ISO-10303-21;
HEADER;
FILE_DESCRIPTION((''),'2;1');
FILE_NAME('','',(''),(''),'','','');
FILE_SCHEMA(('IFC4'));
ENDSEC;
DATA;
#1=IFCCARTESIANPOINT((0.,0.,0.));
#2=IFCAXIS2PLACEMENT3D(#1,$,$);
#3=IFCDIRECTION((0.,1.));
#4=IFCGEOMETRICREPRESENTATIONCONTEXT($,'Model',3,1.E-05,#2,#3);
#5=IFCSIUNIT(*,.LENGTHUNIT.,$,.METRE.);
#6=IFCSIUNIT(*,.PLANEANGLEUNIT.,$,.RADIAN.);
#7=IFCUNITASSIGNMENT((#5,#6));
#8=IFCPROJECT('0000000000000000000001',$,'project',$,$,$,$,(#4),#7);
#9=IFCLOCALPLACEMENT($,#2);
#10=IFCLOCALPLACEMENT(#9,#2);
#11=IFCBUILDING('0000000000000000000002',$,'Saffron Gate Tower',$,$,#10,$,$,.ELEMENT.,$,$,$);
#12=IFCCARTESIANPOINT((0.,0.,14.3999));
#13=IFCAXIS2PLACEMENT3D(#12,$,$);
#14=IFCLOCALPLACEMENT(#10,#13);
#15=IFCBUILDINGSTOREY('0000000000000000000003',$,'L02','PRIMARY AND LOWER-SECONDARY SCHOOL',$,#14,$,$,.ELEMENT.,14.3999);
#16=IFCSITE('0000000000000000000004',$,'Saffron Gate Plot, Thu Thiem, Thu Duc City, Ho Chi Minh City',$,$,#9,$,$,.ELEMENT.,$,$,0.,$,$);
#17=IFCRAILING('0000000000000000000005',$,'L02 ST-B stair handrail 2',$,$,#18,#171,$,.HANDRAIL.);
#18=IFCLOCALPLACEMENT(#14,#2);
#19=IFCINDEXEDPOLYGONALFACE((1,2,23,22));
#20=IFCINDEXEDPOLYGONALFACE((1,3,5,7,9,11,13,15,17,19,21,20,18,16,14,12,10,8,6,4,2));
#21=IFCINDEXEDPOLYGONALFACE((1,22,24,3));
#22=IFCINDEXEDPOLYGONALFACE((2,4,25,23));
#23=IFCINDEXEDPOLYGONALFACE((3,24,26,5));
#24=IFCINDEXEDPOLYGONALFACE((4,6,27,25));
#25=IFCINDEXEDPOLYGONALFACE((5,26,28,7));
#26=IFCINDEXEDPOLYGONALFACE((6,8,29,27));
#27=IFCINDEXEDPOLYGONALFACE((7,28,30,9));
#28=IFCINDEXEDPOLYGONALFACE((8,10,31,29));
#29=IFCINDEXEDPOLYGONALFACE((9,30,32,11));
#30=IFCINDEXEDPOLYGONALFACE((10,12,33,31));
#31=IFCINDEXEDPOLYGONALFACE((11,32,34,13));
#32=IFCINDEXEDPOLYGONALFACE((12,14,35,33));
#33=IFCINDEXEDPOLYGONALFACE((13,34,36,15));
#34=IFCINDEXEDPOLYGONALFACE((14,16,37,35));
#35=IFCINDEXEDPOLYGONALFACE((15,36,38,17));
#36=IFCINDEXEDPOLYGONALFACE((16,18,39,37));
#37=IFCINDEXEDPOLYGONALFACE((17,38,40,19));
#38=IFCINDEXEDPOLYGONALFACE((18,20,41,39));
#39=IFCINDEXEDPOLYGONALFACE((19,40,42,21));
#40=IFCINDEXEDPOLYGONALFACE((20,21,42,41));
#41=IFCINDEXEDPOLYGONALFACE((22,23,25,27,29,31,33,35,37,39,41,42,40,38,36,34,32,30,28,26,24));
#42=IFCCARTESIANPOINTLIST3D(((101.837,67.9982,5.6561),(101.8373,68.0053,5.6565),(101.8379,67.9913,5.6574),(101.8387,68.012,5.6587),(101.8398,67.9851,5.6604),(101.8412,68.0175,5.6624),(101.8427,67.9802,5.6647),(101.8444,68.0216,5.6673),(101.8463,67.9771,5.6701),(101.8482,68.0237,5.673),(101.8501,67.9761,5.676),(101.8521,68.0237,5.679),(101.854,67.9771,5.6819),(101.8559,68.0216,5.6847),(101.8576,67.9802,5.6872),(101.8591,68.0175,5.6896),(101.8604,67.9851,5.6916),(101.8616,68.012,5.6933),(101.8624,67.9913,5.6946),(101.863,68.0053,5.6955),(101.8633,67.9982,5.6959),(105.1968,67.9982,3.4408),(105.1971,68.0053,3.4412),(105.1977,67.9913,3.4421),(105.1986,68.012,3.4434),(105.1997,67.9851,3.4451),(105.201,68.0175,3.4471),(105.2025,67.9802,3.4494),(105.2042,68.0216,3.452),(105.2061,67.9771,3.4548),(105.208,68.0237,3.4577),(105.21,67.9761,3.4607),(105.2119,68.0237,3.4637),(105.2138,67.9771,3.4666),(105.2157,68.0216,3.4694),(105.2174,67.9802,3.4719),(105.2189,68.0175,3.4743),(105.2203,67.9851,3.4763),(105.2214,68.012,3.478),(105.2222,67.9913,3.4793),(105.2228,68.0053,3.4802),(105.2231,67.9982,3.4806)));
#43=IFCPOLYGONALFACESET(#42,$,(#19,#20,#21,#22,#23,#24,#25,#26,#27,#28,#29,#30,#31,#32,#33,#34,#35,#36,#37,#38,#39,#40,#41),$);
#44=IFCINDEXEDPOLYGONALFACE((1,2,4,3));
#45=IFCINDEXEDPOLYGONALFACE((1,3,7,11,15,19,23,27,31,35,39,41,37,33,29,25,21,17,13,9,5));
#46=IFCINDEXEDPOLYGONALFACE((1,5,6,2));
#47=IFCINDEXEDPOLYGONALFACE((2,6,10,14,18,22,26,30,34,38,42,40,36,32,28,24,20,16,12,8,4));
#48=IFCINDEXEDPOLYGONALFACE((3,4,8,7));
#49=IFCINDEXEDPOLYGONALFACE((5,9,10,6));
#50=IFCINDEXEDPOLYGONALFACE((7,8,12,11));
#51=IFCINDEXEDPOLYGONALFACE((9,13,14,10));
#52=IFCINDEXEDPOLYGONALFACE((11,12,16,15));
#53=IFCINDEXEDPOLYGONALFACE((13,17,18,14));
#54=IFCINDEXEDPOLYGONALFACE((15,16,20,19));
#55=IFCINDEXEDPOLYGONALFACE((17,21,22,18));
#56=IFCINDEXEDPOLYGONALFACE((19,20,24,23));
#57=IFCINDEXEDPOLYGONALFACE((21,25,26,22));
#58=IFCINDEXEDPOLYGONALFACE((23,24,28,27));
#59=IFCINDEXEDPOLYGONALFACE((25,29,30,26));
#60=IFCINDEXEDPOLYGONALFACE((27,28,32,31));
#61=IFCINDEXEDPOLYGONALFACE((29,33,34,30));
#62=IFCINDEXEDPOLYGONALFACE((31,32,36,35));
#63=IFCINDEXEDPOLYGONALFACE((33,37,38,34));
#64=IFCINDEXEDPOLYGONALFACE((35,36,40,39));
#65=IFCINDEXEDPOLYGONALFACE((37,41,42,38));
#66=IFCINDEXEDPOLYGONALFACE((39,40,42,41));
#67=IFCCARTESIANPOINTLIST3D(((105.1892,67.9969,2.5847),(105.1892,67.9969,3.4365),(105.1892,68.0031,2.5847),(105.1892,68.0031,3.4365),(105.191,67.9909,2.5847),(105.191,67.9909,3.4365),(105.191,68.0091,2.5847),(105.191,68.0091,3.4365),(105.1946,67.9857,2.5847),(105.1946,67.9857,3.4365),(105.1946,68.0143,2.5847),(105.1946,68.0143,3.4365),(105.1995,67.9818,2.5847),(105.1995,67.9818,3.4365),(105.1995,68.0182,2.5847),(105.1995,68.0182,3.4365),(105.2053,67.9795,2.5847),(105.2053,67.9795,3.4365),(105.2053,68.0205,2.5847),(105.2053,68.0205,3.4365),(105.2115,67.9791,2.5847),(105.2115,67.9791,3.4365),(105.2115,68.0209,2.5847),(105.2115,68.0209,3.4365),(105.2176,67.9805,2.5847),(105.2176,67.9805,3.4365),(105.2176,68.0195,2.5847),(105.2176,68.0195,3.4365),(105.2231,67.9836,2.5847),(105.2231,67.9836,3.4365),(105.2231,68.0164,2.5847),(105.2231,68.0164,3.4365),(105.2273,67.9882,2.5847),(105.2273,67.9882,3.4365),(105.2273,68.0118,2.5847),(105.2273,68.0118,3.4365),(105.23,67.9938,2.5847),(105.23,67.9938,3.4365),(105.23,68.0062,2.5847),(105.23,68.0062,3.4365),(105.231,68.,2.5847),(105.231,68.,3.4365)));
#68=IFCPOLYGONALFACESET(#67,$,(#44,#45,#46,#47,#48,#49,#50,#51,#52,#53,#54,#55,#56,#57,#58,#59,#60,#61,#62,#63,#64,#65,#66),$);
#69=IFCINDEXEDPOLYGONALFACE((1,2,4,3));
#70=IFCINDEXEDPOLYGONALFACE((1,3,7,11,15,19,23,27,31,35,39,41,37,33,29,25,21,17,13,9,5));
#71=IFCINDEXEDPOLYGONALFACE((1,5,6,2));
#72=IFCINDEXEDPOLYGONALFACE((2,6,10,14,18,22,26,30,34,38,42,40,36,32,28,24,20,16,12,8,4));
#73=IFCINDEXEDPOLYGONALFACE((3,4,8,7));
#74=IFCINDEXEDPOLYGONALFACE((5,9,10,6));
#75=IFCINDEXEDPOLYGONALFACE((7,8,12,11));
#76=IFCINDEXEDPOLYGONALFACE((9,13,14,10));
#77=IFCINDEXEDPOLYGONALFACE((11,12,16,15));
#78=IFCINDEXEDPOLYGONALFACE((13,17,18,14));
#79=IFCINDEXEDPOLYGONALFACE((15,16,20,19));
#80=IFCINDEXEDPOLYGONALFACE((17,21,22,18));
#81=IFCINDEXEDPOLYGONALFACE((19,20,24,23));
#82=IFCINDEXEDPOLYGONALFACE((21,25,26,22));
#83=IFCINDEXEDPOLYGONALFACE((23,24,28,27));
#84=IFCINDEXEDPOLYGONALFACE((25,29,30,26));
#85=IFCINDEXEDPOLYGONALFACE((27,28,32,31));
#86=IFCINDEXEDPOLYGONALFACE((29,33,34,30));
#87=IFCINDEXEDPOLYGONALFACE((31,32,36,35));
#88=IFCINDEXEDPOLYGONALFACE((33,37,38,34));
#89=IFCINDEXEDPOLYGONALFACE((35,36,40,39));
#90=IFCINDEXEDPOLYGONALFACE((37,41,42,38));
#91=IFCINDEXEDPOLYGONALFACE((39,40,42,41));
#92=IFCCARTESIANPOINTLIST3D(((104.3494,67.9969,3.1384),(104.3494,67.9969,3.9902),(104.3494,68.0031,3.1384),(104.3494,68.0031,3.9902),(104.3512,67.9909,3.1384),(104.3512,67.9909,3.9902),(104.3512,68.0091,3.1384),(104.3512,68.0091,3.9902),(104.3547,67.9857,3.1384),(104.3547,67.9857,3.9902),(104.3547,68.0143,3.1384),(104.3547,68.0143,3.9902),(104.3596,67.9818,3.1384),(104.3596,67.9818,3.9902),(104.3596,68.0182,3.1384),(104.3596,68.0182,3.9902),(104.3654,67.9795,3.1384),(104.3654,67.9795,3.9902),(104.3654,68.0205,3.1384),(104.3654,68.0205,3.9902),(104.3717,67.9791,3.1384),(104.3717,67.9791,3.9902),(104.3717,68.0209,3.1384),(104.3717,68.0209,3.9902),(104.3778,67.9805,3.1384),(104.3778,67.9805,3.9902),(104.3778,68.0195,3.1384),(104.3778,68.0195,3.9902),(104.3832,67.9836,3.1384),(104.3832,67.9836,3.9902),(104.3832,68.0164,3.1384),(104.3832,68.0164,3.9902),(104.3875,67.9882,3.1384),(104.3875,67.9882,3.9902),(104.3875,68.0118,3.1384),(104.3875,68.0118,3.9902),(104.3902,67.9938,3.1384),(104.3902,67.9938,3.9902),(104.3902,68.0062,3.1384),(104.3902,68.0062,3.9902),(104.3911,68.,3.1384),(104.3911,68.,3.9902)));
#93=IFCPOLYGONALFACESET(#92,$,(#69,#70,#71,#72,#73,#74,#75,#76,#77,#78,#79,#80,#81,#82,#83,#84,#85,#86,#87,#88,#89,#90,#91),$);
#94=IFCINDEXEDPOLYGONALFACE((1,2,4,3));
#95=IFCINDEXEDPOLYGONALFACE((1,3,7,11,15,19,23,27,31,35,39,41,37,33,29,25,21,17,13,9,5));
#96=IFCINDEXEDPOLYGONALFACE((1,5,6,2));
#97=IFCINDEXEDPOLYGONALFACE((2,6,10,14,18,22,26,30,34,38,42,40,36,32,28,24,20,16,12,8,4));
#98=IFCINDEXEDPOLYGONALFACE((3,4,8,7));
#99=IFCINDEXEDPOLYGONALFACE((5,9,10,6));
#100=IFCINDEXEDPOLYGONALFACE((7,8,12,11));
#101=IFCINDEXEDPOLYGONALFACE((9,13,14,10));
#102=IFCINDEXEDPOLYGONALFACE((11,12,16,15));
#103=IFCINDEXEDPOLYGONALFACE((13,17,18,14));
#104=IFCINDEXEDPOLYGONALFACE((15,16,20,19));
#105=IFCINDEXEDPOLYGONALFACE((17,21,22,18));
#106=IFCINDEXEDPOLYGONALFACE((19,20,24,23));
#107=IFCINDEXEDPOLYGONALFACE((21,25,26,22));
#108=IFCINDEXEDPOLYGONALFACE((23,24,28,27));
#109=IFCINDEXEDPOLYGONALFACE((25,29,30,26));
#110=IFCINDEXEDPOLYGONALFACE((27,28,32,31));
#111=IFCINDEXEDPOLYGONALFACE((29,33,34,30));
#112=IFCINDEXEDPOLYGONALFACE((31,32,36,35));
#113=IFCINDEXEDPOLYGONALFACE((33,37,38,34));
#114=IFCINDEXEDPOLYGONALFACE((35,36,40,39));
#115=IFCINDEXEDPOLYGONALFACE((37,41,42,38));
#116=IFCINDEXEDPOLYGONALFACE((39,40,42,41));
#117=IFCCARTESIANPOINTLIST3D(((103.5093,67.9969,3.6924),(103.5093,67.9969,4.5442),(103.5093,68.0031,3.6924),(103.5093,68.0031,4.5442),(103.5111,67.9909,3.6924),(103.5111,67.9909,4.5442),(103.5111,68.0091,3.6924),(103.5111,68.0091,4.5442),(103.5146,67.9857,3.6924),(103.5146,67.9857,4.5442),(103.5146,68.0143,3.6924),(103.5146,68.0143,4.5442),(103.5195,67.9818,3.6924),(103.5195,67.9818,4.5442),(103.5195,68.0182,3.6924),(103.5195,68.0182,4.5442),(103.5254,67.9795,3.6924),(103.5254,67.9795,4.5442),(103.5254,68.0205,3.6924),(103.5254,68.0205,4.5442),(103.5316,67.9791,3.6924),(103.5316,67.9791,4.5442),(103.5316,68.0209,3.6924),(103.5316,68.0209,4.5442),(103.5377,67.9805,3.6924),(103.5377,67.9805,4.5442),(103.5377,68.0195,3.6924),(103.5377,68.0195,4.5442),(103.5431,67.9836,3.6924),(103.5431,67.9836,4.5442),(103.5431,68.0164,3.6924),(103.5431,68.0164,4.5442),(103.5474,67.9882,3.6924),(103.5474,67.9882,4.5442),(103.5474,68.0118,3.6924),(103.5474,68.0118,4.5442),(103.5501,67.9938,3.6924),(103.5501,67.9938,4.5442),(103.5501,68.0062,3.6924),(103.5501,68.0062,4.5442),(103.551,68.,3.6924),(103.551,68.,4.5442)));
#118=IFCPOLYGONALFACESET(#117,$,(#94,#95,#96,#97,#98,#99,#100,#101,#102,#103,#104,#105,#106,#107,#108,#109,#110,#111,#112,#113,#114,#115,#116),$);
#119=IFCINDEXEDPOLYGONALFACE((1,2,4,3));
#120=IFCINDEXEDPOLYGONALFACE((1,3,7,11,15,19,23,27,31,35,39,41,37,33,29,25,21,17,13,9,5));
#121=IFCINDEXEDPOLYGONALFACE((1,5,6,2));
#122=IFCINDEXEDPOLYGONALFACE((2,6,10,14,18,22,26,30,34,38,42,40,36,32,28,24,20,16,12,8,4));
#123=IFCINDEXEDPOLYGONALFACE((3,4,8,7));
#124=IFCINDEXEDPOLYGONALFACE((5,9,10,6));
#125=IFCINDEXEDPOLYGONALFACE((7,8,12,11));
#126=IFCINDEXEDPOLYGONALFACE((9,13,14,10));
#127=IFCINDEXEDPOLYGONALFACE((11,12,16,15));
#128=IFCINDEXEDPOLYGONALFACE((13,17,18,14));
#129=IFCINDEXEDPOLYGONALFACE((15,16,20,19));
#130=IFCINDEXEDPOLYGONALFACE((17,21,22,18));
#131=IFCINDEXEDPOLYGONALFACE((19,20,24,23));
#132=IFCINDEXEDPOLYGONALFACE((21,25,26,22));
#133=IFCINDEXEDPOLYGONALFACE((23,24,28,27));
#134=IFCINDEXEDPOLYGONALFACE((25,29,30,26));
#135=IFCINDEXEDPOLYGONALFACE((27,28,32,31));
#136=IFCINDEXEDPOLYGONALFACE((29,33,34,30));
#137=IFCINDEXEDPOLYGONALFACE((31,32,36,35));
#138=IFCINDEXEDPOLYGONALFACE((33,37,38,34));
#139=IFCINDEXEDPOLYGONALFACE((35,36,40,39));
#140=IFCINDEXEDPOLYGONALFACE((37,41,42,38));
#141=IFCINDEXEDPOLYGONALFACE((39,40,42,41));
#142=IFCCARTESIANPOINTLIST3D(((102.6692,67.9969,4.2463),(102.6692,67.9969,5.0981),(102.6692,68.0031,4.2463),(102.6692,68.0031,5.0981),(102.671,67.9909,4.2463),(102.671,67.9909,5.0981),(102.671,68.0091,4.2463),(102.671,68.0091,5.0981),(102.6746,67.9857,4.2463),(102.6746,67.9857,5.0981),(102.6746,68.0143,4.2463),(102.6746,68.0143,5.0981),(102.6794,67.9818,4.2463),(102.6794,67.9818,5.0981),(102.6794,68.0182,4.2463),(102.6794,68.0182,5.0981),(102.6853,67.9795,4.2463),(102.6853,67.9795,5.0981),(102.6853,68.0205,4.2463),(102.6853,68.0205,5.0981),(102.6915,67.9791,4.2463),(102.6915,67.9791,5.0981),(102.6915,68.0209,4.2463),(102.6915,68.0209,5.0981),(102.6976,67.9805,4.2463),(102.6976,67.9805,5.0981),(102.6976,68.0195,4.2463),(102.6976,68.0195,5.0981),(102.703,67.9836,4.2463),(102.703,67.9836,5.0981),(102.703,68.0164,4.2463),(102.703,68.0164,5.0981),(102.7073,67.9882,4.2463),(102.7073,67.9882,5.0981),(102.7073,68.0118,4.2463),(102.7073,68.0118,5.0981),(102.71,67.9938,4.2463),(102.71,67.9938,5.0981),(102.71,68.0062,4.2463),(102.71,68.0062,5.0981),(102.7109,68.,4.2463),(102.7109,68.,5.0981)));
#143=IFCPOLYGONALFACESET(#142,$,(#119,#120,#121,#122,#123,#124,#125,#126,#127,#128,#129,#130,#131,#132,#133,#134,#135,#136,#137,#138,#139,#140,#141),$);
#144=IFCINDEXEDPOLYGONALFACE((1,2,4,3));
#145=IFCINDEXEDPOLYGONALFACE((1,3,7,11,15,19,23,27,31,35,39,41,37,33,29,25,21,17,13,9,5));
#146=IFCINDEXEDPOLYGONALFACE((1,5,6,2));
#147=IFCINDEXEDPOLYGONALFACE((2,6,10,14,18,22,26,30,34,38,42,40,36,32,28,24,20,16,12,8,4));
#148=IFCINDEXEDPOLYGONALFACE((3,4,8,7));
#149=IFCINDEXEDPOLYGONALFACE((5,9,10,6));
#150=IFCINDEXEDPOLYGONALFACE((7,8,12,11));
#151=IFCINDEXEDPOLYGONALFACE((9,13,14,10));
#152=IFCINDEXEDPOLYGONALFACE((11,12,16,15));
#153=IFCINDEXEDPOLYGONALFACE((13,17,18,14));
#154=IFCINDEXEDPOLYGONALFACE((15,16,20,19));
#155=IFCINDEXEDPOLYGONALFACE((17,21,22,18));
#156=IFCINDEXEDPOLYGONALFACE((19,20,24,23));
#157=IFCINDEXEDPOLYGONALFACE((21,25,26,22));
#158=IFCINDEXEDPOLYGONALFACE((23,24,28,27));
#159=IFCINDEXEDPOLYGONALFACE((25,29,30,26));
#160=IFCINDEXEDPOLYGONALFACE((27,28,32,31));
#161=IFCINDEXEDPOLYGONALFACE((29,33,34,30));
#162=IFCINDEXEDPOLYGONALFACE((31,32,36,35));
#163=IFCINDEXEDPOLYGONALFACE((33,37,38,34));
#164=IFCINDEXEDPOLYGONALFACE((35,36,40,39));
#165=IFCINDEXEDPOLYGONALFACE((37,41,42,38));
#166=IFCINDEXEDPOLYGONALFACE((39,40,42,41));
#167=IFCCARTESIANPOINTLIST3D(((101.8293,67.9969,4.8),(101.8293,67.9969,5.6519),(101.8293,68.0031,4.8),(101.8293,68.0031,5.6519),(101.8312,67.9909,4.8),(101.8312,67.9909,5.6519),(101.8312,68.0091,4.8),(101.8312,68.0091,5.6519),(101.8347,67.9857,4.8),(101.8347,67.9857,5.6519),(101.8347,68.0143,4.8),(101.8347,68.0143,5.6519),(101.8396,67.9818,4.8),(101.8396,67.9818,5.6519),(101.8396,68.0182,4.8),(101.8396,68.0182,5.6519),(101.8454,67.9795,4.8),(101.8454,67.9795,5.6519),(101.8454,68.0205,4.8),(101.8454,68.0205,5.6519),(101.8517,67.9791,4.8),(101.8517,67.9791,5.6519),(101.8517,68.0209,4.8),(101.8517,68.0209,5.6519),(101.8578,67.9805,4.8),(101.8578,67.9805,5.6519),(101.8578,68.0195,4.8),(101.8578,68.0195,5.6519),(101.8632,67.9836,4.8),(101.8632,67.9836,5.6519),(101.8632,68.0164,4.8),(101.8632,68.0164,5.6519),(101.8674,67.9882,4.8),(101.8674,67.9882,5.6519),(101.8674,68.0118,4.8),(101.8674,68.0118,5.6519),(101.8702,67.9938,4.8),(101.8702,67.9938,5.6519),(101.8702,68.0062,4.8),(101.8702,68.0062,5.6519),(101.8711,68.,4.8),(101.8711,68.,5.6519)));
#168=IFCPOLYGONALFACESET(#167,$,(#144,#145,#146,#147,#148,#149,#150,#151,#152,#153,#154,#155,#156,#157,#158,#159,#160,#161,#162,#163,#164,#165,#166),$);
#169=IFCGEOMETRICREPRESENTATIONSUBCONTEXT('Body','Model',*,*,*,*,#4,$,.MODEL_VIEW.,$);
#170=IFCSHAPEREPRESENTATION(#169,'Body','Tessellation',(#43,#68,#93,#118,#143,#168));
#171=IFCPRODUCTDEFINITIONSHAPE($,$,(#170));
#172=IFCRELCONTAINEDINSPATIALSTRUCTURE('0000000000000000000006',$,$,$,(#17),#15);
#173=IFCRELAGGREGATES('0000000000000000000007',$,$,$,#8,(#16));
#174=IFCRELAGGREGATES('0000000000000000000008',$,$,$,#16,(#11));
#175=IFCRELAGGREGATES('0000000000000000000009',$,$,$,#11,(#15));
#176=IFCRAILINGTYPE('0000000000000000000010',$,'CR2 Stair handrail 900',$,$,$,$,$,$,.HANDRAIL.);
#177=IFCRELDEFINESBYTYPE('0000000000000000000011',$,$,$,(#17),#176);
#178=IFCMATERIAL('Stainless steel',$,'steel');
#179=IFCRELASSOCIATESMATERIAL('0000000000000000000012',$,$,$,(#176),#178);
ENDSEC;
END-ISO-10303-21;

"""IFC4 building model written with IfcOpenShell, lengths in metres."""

from ifc_helpers import new_model, si_unit, direction, frame, origin, origin_2d, place, context, subcontext, project, spatial, circle, extrude, material, type_object, element, save


model = new_model("IFC4")

# Units and contexts
model_context = context("Model", 3, precision=1e-05, world=origin(), true_north=direction((0.0, 1.0)))
body_context = subcontext(model_context, "Body", "Model", "MODEL_VIEW")
ifc_project = project(units=[si_unit("LENGTHUNIT", "METRE"), si_unit("PLANEANGLEUNIT", "RADIAN")], contexts=[model_context])

# Site, building, storey
site_placement = place(None, origin())
site = spatial("IfcSite", under=ifc_project, at=site_placement, Name="Saffron Gate Plot, Thu Thiem, Thu Duc City, Ho Chi Minh City", CompositionType="ELEMENT", RefElevation=0.0)
building_placement = place(site_placement, origin())
building = spatial("IfcBuilding", under=site, at=building_placement, Name="Saffron Gate Tower", CompositionType="ELEMENT")
storey_placement = place(building_placement, frame((0.0, 0.0, 14.3999)))
storey = spatial("IfcBuildingStorey", under=building, at=storey_placement, Name="L02", Description="PRIMARY AND LOWER-SECONDARY SCHOOL", CompositionType="ELEMENT", Elevation=14.3999)

# Railing
ifc_material_1 = material(Name="Stainless steel", Category="steel")
railing_type_1 = type_object("IfcRailingType", Name="CR2 Stair handrail 900", PredefinedType="HANDRAIL", material=ifc_material_1)
railing_1_placement = place(storey_placement, frame((105.21, 68.0, 2.5847)))
element("IfcRailing", 1, at=railing_1_placement, inside=storey, type_object=railing_type_1, Name="L02 ST-B stair handrail 2", PredefinedType="HANDRAIL", context=body_context, shape_type="SweptSolid", body=[
    extrude(circle(Radius=0.0239, at=origin_2d()), frame((0.0, 0.0, 0.876), z_axis=(-0.834858, 0.0, 0.550465), x_axis=(0.0, -1.0, 0.0)), (0.0, 0.0, 1.0), 4.0244),
    extrude(circle(Radius=0.021, at=origin_2d()), origin(), (0.0, 0.0, 1.0), 0.8518),
    extrude(circle(Radius=0.021, at=origin_2d()), frame((-0.8398, 0.0, 0.5537)), (0.0, 0.0, 1.0), 0.8518),
    extrude(circle(Radius=0.021, at=origin_2d()), frame((-1.6799, 0.0, 1.1077)), (0.0, 0.0, 1.0), 0.8518),
    extrude(circle(Radius=0.021, at=origin_2d()), frame((-2.52, 0.0, 1.6616)), (0.0, 0.0, 1.0), 0.8518),
    extrude(circle(Radius=0.021, at=origin_2d()), frame((-3.3599, 0.0, 2.2153)), (0.0, 0.0, 1.0), 0.8518),
])

save(model, "model.ifc")
